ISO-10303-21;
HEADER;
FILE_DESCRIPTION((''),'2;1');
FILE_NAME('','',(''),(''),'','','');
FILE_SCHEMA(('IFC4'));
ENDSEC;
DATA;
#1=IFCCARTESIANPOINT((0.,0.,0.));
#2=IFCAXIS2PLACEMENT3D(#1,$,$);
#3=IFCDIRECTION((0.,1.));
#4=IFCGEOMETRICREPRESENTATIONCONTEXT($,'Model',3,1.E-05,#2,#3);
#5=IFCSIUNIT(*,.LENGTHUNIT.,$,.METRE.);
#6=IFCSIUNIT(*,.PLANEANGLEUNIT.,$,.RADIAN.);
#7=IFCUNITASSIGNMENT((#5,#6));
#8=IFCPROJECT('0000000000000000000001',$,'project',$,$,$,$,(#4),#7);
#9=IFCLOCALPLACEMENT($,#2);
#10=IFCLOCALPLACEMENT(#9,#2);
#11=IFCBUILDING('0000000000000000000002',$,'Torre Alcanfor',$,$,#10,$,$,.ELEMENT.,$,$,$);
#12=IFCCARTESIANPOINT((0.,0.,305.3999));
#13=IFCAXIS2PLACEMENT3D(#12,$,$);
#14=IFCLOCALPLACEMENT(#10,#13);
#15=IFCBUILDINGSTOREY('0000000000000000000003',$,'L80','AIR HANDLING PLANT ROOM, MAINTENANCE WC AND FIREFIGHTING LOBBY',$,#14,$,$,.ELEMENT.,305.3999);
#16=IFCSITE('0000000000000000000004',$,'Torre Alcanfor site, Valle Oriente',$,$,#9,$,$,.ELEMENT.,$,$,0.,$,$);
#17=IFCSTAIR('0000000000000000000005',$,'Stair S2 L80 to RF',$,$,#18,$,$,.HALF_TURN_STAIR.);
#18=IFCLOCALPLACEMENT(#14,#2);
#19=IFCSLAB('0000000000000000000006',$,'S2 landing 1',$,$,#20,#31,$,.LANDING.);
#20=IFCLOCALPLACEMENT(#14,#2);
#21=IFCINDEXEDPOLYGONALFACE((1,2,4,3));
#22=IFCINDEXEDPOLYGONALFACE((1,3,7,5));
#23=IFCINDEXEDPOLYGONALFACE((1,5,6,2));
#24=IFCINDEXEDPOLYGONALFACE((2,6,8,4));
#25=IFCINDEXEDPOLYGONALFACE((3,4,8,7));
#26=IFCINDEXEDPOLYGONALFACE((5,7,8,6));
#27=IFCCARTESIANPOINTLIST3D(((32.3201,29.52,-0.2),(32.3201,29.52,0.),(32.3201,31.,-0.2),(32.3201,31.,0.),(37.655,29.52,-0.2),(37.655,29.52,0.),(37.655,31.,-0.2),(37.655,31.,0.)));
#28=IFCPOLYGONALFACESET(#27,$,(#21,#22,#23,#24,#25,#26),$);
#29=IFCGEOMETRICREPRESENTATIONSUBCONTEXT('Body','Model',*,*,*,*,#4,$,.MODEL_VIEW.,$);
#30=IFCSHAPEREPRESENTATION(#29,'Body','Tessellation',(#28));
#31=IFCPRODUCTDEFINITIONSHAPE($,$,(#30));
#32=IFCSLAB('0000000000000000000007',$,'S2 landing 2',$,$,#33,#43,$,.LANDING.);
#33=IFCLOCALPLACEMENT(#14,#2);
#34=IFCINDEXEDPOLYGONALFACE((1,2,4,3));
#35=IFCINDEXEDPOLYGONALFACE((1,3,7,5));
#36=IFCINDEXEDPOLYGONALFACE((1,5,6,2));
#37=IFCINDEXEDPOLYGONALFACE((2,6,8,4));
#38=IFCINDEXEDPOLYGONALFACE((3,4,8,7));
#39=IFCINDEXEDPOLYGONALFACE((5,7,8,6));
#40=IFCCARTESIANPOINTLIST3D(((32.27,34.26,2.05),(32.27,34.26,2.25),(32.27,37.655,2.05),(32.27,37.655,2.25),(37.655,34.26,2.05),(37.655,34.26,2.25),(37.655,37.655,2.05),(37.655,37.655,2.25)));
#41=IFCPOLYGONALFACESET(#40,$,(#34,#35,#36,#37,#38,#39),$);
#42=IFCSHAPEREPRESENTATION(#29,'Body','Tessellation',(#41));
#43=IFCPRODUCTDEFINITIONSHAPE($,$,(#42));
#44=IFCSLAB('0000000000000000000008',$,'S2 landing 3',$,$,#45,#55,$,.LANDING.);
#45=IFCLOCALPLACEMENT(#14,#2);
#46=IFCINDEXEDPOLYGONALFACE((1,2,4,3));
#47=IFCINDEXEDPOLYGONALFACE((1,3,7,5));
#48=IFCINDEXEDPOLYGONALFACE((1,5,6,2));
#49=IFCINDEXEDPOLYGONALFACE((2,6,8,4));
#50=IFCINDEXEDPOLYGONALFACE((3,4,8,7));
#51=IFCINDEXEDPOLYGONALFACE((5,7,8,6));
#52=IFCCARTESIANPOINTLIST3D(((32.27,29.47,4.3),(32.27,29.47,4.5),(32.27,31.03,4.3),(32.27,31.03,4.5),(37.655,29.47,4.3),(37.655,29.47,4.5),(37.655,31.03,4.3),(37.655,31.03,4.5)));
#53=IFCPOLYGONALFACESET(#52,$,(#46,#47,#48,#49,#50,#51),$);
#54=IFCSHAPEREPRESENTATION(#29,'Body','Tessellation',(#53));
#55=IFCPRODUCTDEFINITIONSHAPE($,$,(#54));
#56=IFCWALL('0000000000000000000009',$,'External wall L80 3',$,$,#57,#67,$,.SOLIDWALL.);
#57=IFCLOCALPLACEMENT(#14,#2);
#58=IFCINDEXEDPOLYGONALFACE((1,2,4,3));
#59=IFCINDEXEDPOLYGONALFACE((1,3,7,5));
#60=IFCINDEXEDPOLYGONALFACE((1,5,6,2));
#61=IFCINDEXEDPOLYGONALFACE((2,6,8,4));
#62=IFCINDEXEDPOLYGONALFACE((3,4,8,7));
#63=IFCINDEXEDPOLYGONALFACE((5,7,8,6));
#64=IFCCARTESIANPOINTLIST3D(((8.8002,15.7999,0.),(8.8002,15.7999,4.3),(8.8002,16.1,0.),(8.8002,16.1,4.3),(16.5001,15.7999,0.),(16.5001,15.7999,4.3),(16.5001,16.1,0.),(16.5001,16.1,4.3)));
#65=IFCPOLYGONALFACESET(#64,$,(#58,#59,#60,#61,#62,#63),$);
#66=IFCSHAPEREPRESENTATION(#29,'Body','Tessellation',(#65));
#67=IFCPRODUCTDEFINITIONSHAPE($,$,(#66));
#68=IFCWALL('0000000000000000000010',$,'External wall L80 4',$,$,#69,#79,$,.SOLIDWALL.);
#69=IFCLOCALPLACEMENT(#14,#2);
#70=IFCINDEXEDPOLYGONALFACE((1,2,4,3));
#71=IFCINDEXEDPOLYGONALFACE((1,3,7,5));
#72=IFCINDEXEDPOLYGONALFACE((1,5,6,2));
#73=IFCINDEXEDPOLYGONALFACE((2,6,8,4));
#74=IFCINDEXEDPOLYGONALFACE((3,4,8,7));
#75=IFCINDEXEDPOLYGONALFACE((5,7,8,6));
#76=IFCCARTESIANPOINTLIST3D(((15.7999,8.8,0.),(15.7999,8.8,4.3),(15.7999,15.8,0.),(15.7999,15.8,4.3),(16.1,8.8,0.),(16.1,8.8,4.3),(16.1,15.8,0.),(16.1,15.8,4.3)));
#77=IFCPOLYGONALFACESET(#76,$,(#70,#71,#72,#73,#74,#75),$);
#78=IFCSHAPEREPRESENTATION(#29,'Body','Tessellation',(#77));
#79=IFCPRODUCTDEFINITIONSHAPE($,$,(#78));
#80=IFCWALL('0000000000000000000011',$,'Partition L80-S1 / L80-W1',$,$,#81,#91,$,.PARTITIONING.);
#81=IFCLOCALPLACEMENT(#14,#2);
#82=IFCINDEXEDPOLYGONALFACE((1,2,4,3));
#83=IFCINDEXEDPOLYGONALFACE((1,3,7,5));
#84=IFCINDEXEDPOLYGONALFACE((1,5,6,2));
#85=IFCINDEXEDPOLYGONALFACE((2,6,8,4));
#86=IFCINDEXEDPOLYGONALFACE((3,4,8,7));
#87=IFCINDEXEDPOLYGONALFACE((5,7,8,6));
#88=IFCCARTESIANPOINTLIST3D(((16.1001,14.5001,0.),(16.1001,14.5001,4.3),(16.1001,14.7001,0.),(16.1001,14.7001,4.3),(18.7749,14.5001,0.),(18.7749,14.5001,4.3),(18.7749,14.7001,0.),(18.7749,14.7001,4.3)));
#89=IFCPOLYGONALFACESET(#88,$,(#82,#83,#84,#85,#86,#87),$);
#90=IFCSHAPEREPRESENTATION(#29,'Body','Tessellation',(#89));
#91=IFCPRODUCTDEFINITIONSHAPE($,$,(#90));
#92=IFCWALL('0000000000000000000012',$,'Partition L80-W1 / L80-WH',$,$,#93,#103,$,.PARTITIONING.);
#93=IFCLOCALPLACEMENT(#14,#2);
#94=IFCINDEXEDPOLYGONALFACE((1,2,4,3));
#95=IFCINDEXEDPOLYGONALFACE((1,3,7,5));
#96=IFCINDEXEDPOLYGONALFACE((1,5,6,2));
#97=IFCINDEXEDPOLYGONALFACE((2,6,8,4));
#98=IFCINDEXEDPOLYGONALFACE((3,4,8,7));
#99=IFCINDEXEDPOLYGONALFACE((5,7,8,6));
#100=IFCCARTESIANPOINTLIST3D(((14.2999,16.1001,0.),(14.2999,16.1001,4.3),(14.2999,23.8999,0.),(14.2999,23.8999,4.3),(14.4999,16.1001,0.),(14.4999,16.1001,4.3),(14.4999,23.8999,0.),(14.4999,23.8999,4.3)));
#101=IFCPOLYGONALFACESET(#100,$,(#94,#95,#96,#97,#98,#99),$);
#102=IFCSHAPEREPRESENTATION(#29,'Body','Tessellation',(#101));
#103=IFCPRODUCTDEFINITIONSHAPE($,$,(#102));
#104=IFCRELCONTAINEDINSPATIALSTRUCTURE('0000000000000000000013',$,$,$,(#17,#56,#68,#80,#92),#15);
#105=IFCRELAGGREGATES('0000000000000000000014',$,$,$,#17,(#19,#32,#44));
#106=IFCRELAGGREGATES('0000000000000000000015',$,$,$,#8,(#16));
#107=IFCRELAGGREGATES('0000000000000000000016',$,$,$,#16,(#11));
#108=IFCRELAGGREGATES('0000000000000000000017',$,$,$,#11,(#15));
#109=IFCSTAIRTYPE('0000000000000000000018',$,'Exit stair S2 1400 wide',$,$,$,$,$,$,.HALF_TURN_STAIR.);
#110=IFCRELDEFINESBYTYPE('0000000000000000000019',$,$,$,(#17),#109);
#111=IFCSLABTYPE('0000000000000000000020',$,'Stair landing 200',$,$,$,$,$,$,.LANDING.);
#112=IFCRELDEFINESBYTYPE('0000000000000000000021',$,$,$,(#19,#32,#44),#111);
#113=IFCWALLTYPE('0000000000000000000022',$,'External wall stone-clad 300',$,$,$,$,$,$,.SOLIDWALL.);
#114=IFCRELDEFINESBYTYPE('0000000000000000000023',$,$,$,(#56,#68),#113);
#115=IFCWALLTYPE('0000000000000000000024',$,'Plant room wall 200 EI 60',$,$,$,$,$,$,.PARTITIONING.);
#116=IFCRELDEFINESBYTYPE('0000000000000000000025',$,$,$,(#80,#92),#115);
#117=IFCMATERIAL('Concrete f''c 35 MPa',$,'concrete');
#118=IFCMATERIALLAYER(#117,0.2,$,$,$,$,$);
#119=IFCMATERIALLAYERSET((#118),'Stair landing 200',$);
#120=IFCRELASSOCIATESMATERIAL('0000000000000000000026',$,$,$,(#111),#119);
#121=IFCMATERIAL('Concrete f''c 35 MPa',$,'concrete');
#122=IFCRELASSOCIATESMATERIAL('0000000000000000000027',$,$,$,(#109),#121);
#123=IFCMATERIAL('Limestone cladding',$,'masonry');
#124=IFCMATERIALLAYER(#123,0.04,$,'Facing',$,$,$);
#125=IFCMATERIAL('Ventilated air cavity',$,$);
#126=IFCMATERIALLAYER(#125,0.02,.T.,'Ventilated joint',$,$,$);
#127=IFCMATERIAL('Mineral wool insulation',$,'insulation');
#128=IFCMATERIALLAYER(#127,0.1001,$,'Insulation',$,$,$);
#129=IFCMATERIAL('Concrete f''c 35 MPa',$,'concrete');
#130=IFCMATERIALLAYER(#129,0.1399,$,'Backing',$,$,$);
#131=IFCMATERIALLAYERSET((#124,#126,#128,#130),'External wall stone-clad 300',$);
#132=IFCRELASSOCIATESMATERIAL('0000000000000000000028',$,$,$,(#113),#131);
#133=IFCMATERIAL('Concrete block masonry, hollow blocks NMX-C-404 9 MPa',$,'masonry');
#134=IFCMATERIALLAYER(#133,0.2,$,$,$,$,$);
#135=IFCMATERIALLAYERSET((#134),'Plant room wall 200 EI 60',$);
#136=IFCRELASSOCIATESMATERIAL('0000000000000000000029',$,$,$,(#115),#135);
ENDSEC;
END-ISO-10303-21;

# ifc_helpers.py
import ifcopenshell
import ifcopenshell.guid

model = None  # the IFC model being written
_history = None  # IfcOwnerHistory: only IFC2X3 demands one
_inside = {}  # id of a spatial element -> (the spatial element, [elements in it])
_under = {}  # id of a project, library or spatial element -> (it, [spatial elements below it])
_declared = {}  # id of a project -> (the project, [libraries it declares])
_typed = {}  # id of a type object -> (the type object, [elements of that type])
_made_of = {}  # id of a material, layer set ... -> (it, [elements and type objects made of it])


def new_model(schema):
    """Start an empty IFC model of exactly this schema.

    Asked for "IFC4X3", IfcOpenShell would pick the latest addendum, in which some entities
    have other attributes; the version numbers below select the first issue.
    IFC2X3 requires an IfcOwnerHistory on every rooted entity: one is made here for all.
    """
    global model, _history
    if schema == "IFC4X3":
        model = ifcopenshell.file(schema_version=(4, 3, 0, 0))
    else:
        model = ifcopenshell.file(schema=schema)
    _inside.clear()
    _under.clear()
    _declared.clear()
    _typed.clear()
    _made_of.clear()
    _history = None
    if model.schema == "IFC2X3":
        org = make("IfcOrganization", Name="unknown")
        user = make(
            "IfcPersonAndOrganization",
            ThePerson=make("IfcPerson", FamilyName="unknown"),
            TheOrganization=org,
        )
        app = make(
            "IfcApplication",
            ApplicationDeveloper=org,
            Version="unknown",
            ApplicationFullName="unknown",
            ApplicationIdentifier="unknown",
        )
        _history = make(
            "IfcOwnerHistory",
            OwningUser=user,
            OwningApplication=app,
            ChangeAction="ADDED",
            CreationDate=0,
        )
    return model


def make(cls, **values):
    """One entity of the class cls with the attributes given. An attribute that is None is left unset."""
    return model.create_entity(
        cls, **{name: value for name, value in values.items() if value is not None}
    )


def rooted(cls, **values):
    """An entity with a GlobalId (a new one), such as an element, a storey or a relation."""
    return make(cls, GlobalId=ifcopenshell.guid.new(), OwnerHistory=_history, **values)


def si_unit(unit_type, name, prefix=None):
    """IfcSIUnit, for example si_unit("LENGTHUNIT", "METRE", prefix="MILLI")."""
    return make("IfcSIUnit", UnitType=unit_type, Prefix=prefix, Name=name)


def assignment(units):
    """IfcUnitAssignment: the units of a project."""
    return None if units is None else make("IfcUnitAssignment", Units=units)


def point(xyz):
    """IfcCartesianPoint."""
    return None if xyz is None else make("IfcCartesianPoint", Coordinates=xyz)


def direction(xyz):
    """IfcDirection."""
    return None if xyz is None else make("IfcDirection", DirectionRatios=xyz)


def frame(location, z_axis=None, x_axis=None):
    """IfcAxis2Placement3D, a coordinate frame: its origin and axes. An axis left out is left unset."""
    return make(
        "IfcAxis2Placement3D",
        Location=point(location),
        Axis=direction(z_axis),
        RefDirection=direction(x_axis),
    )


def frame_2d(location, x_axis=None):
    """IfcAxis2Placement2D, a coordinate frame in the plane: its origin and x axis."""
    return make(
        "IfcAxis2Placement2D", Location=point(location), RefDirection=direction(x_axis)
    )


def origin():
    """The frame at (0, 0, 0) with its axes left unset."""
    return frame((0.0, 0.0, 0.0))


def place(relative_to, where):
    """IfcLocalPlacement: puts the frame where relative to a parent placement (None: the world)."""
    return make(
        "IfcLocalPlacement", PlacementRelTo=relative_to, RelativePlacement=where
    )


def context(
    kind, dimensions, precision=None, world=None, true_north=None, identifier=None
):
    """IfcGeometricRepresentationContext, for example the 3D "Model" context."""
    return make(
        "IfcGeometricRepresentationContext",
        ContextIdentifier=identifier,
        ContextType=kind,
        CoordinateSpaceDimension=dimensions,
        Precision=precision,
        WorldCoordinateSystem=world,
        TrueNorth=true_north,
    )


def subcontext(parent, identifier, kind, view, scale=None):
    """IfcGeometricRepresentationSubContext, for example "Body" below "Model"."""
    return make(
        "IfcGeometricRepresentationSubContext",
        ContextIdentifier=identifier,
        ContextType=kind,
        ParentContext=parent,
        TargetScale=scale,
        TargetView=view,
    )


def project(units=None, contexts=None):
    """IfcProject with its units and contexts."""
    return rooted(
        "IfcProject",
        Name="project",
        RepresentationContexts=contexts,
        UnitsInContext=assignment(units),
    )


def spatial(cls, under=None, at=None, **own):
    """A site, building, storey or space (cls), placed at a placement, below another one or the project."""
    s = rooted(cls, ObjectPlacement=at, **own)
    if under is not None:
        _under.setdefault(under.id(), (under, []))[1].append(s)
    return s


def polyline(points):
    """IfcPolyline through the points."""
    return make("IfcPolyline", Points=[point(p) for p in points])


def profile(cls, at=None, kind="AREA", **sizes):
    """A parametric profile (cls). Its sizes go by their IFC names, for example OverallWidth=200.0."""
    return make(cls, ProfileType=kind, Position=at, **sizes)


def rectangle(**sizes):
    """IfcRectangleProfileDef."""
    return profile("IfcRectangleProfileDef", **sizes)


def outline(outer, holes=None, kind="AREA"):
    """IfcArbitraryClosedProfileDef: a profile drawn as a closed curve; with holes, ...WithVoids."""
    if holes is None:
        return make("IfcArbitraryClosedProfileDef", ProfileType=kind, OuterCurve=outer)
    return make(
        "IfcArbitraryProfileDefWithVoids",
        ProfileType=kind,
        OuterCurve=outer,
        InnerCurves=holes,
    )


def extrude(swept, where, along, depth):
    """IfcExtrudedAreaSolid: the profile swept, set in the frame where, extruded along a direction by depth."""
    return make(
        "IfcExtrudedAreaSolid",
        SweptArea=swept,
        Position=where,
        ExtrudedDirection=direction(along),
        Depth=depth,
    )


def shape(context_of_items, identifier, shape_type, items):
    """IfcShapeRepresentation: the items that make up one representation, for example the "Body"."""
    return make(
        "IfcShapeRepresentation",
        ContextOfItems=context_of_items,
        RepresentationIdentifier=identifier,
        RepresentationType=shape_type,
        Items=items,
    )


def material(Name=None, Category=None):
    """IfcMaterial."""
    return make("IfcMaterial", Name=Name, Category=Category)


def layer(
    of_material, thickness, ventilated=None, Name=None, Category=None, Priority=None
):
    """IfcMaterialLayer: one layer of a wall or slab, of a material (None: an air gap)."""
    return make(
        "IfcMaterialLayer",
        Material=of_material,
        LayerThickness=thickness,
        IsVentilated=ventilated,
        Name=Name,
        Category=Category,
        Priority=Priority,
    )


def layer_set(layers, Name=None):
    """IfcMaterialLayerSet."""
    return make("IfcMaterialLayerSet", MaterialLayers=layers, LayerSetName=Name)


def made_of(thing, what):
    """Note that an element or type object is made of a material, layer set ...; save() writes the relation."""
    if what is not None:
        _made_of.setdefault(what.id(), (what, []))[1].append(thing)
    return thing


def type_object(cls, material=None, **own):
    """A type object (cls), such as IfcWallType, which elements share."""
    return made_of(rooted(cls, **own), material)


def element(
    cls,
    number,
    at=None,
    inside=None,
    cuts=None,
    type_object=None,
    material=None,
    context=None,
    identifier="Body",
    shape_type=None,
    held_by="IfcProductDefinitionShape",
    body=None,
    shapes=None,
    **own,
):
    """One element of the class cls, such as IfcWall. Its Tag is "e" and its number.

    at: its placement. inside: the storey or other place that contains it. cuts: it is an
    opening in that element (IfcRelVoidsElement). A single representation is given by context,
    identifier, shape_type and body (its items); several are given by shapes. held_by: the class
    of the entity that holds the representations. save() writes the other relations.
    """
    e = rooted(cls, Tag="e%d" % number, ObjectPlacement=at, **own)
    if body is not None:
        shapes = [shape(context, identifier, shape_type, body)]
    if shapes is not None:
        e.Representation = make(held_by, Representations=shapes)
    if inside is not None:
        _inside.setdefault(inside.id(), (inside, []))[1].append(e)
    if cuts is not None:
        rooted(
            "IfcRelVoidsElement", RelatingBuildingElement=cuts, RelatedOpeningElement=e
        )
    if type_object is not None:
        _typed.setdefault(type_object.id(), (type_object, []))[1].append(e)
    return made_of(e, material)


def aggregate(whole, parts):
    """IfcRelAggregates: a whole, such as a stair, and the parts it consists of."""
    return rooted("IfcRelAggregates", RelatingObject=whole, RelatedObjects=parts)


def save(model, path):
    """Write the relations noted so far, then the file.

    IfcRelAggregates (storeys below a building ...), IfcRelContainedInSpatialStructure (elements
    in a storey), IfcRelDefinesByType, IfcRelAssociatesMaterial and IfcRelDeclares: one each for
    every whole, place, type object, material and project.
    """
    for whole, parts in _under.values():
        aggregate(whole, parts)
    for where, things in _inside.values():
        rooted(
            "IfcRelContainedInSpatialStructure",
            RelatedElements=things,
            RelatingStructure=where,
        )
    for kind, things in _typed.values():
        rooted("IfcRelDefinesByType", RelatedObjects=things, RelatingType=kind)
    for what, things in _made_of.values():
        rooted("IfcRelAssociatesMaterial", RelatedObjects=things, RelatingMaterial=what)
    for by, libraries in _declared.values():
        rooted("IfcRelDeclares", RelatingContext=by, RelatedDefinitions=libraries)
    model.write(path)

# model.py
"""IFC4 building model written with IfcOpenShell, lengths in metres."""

from ifc_helpers import new_model, si_unit, direction, frame, frame_2d, origin, place, context, subcontext, project, spatial, polyline, rectangle, outline, extrude, material, layer, layer_set, type_object, element, aggregate, save


model = new_model("IFC4")

# Units and contexts
model_context = context("Model", 3, precision=1e-05, world=origin(), true_north=direction((0.0, 1.0)))
body_context = subcontext(model_context, "Body", "Model", "MODEL_VIEW")
ifc_project = project(units=[si_unit("LENGTHUNIT", "METRE"), si_unit("PLANEANGLEUNIT", "RADIAN")], contexts=[model_context])

# Site, building, storey
site_placement = place(None, origin())
site = spatial("IfcSite", under=ifc_project, at=site_placement, Name="Torre Alcanfor site, Valle Oriente", CompositionType="ELEMENT", RefElevation=0.0)
building_placement = place(site_placement, origin())
building = spatial("IfcBuilding", under=site, at=building_placement, Name="Torre Alcanfor", CompositionType="ELEMENT")
storey_placement = place(building_placement, frame((0.0, 0.0, 305.3999)))
storey = spatial("IfcBuildingStorey", under=building, at=storey_placement, Name="L80", Description="AIR HANDLING PLANT ROOM, MAINTENANCE WC AND FIREFIGHTING LOBBY", CompositionType="ELEMENT", Elevation=305.3999)

# Stair, slabs
ifc_material_1 = material(Name="Concrete f'c 35 MPa", Category="concrete")
ifc_layer_1 = layer(ifc_material_1, 0.2)
ifc_layer_set_1 = layer_set([ifc_layer_1], Name="Stair landing 200")
slab_type_1 = type_object("IfcSlabType", Name="Stair landing 200", PredefinedType="LANDING", material=ifc_layer_set_1)
ifc_material_2 = material(Name="Concrete f'c 35 MPa", Category="concrete")
stair_type_1 = type_object("IfcStairType", Name="Exit stair S2 1400 wide", PredefinedType="HALF_TURN_STAIR", material=ifc_material_2)
stair_1_placement = place(storey_placement, origin())
stair_1 = element("IfcStair", 1, at=stair_1_placement, inside=storey, type_object=stair_type_1, Name="Stair S2 L80 to RF", PredefinedType="HALF_TURN_STAIR")
slab_1_placement = place(storey_placement, frame((0.0, 0.0, -0.2)))
slab_1 = element("IfcSlab", 2, at=slab_1_placement, type_object=slab_type_1, Name="S2 landing 1", PredefinedType="LANDING", context=body_context, shape_type="SweptSolid", body=[
    extrude(outline(polyline([(32.3201, 29.52), (37.655, 29.52), (37.655, 31.0), (32.3201, 31.0), (32.3201, 29.52)])), origin(), (0.0, 0.0, 1.0), 0.2),
])
slab_2_placement = place(storey_placement, frame((0.0, 0.0, 2.05)))
slab_2 = element("IfcSlab", 3, at=slab_2_placement, type_object=slab_type_1, Name="S2 landing 2", PredefinedType="LANDING", context=body_context, shape_type="SweptSolid", body=[
    extrude(outline(polyline([(32.27, 34.26), (37.655, 34.26), (37.655, 37.655), (32.27, 37.655), (32.27, 34.26)])), origin(), (0.0, 0.0, 1.0), 0.2),
])
slab_3_placement = place(storey_placement, frame((0.0, 0.0, 4.3)))
slab_3 = element("IfcSlab", 4, at=slab_3_placement, type_object=slab_type_1, Name="S2 landing 3", PredefinedType="LANDING", context=body_context, shape_type="SweptSolid", body=[
    extrude(outline(polyline([(32.27, 29.47), (37.655, 29.47), (37.655, 31.03), (32.27, 31.03), (32.27, 29.47)])), origin(), (0.0, 0.0, 1.0), 0.2),
])
aggregate(stair_1, [slab_1, slab_2, slab_3])

# Walls
ifc_material_3 = material(Name="Limestone cladding", Category="masonry")
ifc_layer_2 = layer(ifc_material_3, 0.04, Name="Facing")
ifc_material_4 = material(Name="Ventilated air cavity")
ifc_layer_3 = layer(ifc_material_4, 0.02, ventilated=True, Name="Ventilated joint")
ifc_material_5 = material(Name="Mineral wool insulation", Category="insulation")
ifc_layer_4 = layer(ifc_material_5, 0.1001, Name="Insulation")
ifc_material_6 = material(Name="Concrete f'c 35 MPa", Category="concrete")
ifc_layer_5 = layer(ifc_material_6, 0.1399, Name="Backing")
ifc_layer_set_2 = layer_set([ifc_layer_2, ifc_layer_3, ifc_layer_4, ifc_layer_5], Name="External wall stone-clad 300")
wall_type_1 = type_object("IfcWallType", Name="External wall stone-clad 300", PredefinedType="SOLIDWALL", material=ifc_layer_set_2)
wall_1_placement = place(storey_placement, frame((8.8, 15.95, 0.0), z_axis=(0.0, 0.0, 1.0), x_axis=(1.0, 0.0, 0.0)))
element("IfcWall", 5, at=wall_1_placement, inside=storey, type_object=wall_type_1, Name="External wall L80 3", PredefinedType="SOLIDWALL", context=body_context, shape_type="SweptSolid", body=[
    extrude(rectangle(XDim=7.7, YDim=0.3, at=frame_2d((3.8501, 0.0))), origin(), (0.0, 0.0, 1.0), 4.3),
])
wall_2_placement = place(storey_placement, frame((15.95, 15.8, 0.0), z_axis=(0.0, 0.0, 1.0), x_axis=(0.0, -1.0, 0.0)))
element("IfcWall", 6, at=wall_2_placement, inside=storey, type_object=wall_type_1, Name="External wall L80 4", PredefinedType="SOLIDWALL", context=body_context, shape_type="SweptSolid", body=[
    extrude(rectangle(XDim=7.0, YDim=0.3, at=frame_2d((3.5, 0.0))), origin(), (0.0, 0.0, 1.0), 4.3),
])
ifc_material_7 = material(Name="Concrete block masonry, hollow blocks NMX-C-404 9 MPa", Category="masonry")
ifc_layer_6 = layer(ifc_material_7, 0.2)
ifc_layer_set_3 = layer_set([ifc_layer_6], Name="Plant room wall 200 EI 60")
wall_type_2 = type_object("IfcWallType", Name="Plant room wall 200 EI 60", PredefinedType="PARTITIONING", material=ifc_layer_set_3)
wall_3_placement = place(storey_placement, frame((16.1001, 14.6001, 0.0), z_axis=(0.0, 0.0, 1.0), x_axis=(1.0, 0.0, 0.0)))
element("IfcWall", 7, at=wall_3_placement, inside=storey, type_object=wall_type_2, Name="Partition L80-S1 / L80-W1", PredefinedType="PARTITIONING", context=body_context, shape_type="SweptSolid", body=[
    extrude(rectangle(XDim=2.6748, YDim=0.2, at=frame_2d((1.3374, 0.0))), origin(), (0.0, 0.0, 1.0), 4.3),
])
wall_4_placement = place(storey_placement, frame((14.3999, 16.1001, 0.0), z_axis=(0.0, 0.0, 1.0), x_axis=(0.0, 1.0, 0.0)))
element("IfcWall", 8, at=wall_4_placement, inside=storey, type_object=wall_type_2, Name="Partition L80-W1 / L80-WH", PredefinedType="PARTITIONING", context=body_context, shape_type="SweptSolid", body=[
    extrude(rectangle(XDim=7.7998, YDim=0.2, at=frame_2d((3.8999, 0.0))), origin(), (0.0, 0.0, 1.0), 4.3),
])

save(model, "model.ifc")
